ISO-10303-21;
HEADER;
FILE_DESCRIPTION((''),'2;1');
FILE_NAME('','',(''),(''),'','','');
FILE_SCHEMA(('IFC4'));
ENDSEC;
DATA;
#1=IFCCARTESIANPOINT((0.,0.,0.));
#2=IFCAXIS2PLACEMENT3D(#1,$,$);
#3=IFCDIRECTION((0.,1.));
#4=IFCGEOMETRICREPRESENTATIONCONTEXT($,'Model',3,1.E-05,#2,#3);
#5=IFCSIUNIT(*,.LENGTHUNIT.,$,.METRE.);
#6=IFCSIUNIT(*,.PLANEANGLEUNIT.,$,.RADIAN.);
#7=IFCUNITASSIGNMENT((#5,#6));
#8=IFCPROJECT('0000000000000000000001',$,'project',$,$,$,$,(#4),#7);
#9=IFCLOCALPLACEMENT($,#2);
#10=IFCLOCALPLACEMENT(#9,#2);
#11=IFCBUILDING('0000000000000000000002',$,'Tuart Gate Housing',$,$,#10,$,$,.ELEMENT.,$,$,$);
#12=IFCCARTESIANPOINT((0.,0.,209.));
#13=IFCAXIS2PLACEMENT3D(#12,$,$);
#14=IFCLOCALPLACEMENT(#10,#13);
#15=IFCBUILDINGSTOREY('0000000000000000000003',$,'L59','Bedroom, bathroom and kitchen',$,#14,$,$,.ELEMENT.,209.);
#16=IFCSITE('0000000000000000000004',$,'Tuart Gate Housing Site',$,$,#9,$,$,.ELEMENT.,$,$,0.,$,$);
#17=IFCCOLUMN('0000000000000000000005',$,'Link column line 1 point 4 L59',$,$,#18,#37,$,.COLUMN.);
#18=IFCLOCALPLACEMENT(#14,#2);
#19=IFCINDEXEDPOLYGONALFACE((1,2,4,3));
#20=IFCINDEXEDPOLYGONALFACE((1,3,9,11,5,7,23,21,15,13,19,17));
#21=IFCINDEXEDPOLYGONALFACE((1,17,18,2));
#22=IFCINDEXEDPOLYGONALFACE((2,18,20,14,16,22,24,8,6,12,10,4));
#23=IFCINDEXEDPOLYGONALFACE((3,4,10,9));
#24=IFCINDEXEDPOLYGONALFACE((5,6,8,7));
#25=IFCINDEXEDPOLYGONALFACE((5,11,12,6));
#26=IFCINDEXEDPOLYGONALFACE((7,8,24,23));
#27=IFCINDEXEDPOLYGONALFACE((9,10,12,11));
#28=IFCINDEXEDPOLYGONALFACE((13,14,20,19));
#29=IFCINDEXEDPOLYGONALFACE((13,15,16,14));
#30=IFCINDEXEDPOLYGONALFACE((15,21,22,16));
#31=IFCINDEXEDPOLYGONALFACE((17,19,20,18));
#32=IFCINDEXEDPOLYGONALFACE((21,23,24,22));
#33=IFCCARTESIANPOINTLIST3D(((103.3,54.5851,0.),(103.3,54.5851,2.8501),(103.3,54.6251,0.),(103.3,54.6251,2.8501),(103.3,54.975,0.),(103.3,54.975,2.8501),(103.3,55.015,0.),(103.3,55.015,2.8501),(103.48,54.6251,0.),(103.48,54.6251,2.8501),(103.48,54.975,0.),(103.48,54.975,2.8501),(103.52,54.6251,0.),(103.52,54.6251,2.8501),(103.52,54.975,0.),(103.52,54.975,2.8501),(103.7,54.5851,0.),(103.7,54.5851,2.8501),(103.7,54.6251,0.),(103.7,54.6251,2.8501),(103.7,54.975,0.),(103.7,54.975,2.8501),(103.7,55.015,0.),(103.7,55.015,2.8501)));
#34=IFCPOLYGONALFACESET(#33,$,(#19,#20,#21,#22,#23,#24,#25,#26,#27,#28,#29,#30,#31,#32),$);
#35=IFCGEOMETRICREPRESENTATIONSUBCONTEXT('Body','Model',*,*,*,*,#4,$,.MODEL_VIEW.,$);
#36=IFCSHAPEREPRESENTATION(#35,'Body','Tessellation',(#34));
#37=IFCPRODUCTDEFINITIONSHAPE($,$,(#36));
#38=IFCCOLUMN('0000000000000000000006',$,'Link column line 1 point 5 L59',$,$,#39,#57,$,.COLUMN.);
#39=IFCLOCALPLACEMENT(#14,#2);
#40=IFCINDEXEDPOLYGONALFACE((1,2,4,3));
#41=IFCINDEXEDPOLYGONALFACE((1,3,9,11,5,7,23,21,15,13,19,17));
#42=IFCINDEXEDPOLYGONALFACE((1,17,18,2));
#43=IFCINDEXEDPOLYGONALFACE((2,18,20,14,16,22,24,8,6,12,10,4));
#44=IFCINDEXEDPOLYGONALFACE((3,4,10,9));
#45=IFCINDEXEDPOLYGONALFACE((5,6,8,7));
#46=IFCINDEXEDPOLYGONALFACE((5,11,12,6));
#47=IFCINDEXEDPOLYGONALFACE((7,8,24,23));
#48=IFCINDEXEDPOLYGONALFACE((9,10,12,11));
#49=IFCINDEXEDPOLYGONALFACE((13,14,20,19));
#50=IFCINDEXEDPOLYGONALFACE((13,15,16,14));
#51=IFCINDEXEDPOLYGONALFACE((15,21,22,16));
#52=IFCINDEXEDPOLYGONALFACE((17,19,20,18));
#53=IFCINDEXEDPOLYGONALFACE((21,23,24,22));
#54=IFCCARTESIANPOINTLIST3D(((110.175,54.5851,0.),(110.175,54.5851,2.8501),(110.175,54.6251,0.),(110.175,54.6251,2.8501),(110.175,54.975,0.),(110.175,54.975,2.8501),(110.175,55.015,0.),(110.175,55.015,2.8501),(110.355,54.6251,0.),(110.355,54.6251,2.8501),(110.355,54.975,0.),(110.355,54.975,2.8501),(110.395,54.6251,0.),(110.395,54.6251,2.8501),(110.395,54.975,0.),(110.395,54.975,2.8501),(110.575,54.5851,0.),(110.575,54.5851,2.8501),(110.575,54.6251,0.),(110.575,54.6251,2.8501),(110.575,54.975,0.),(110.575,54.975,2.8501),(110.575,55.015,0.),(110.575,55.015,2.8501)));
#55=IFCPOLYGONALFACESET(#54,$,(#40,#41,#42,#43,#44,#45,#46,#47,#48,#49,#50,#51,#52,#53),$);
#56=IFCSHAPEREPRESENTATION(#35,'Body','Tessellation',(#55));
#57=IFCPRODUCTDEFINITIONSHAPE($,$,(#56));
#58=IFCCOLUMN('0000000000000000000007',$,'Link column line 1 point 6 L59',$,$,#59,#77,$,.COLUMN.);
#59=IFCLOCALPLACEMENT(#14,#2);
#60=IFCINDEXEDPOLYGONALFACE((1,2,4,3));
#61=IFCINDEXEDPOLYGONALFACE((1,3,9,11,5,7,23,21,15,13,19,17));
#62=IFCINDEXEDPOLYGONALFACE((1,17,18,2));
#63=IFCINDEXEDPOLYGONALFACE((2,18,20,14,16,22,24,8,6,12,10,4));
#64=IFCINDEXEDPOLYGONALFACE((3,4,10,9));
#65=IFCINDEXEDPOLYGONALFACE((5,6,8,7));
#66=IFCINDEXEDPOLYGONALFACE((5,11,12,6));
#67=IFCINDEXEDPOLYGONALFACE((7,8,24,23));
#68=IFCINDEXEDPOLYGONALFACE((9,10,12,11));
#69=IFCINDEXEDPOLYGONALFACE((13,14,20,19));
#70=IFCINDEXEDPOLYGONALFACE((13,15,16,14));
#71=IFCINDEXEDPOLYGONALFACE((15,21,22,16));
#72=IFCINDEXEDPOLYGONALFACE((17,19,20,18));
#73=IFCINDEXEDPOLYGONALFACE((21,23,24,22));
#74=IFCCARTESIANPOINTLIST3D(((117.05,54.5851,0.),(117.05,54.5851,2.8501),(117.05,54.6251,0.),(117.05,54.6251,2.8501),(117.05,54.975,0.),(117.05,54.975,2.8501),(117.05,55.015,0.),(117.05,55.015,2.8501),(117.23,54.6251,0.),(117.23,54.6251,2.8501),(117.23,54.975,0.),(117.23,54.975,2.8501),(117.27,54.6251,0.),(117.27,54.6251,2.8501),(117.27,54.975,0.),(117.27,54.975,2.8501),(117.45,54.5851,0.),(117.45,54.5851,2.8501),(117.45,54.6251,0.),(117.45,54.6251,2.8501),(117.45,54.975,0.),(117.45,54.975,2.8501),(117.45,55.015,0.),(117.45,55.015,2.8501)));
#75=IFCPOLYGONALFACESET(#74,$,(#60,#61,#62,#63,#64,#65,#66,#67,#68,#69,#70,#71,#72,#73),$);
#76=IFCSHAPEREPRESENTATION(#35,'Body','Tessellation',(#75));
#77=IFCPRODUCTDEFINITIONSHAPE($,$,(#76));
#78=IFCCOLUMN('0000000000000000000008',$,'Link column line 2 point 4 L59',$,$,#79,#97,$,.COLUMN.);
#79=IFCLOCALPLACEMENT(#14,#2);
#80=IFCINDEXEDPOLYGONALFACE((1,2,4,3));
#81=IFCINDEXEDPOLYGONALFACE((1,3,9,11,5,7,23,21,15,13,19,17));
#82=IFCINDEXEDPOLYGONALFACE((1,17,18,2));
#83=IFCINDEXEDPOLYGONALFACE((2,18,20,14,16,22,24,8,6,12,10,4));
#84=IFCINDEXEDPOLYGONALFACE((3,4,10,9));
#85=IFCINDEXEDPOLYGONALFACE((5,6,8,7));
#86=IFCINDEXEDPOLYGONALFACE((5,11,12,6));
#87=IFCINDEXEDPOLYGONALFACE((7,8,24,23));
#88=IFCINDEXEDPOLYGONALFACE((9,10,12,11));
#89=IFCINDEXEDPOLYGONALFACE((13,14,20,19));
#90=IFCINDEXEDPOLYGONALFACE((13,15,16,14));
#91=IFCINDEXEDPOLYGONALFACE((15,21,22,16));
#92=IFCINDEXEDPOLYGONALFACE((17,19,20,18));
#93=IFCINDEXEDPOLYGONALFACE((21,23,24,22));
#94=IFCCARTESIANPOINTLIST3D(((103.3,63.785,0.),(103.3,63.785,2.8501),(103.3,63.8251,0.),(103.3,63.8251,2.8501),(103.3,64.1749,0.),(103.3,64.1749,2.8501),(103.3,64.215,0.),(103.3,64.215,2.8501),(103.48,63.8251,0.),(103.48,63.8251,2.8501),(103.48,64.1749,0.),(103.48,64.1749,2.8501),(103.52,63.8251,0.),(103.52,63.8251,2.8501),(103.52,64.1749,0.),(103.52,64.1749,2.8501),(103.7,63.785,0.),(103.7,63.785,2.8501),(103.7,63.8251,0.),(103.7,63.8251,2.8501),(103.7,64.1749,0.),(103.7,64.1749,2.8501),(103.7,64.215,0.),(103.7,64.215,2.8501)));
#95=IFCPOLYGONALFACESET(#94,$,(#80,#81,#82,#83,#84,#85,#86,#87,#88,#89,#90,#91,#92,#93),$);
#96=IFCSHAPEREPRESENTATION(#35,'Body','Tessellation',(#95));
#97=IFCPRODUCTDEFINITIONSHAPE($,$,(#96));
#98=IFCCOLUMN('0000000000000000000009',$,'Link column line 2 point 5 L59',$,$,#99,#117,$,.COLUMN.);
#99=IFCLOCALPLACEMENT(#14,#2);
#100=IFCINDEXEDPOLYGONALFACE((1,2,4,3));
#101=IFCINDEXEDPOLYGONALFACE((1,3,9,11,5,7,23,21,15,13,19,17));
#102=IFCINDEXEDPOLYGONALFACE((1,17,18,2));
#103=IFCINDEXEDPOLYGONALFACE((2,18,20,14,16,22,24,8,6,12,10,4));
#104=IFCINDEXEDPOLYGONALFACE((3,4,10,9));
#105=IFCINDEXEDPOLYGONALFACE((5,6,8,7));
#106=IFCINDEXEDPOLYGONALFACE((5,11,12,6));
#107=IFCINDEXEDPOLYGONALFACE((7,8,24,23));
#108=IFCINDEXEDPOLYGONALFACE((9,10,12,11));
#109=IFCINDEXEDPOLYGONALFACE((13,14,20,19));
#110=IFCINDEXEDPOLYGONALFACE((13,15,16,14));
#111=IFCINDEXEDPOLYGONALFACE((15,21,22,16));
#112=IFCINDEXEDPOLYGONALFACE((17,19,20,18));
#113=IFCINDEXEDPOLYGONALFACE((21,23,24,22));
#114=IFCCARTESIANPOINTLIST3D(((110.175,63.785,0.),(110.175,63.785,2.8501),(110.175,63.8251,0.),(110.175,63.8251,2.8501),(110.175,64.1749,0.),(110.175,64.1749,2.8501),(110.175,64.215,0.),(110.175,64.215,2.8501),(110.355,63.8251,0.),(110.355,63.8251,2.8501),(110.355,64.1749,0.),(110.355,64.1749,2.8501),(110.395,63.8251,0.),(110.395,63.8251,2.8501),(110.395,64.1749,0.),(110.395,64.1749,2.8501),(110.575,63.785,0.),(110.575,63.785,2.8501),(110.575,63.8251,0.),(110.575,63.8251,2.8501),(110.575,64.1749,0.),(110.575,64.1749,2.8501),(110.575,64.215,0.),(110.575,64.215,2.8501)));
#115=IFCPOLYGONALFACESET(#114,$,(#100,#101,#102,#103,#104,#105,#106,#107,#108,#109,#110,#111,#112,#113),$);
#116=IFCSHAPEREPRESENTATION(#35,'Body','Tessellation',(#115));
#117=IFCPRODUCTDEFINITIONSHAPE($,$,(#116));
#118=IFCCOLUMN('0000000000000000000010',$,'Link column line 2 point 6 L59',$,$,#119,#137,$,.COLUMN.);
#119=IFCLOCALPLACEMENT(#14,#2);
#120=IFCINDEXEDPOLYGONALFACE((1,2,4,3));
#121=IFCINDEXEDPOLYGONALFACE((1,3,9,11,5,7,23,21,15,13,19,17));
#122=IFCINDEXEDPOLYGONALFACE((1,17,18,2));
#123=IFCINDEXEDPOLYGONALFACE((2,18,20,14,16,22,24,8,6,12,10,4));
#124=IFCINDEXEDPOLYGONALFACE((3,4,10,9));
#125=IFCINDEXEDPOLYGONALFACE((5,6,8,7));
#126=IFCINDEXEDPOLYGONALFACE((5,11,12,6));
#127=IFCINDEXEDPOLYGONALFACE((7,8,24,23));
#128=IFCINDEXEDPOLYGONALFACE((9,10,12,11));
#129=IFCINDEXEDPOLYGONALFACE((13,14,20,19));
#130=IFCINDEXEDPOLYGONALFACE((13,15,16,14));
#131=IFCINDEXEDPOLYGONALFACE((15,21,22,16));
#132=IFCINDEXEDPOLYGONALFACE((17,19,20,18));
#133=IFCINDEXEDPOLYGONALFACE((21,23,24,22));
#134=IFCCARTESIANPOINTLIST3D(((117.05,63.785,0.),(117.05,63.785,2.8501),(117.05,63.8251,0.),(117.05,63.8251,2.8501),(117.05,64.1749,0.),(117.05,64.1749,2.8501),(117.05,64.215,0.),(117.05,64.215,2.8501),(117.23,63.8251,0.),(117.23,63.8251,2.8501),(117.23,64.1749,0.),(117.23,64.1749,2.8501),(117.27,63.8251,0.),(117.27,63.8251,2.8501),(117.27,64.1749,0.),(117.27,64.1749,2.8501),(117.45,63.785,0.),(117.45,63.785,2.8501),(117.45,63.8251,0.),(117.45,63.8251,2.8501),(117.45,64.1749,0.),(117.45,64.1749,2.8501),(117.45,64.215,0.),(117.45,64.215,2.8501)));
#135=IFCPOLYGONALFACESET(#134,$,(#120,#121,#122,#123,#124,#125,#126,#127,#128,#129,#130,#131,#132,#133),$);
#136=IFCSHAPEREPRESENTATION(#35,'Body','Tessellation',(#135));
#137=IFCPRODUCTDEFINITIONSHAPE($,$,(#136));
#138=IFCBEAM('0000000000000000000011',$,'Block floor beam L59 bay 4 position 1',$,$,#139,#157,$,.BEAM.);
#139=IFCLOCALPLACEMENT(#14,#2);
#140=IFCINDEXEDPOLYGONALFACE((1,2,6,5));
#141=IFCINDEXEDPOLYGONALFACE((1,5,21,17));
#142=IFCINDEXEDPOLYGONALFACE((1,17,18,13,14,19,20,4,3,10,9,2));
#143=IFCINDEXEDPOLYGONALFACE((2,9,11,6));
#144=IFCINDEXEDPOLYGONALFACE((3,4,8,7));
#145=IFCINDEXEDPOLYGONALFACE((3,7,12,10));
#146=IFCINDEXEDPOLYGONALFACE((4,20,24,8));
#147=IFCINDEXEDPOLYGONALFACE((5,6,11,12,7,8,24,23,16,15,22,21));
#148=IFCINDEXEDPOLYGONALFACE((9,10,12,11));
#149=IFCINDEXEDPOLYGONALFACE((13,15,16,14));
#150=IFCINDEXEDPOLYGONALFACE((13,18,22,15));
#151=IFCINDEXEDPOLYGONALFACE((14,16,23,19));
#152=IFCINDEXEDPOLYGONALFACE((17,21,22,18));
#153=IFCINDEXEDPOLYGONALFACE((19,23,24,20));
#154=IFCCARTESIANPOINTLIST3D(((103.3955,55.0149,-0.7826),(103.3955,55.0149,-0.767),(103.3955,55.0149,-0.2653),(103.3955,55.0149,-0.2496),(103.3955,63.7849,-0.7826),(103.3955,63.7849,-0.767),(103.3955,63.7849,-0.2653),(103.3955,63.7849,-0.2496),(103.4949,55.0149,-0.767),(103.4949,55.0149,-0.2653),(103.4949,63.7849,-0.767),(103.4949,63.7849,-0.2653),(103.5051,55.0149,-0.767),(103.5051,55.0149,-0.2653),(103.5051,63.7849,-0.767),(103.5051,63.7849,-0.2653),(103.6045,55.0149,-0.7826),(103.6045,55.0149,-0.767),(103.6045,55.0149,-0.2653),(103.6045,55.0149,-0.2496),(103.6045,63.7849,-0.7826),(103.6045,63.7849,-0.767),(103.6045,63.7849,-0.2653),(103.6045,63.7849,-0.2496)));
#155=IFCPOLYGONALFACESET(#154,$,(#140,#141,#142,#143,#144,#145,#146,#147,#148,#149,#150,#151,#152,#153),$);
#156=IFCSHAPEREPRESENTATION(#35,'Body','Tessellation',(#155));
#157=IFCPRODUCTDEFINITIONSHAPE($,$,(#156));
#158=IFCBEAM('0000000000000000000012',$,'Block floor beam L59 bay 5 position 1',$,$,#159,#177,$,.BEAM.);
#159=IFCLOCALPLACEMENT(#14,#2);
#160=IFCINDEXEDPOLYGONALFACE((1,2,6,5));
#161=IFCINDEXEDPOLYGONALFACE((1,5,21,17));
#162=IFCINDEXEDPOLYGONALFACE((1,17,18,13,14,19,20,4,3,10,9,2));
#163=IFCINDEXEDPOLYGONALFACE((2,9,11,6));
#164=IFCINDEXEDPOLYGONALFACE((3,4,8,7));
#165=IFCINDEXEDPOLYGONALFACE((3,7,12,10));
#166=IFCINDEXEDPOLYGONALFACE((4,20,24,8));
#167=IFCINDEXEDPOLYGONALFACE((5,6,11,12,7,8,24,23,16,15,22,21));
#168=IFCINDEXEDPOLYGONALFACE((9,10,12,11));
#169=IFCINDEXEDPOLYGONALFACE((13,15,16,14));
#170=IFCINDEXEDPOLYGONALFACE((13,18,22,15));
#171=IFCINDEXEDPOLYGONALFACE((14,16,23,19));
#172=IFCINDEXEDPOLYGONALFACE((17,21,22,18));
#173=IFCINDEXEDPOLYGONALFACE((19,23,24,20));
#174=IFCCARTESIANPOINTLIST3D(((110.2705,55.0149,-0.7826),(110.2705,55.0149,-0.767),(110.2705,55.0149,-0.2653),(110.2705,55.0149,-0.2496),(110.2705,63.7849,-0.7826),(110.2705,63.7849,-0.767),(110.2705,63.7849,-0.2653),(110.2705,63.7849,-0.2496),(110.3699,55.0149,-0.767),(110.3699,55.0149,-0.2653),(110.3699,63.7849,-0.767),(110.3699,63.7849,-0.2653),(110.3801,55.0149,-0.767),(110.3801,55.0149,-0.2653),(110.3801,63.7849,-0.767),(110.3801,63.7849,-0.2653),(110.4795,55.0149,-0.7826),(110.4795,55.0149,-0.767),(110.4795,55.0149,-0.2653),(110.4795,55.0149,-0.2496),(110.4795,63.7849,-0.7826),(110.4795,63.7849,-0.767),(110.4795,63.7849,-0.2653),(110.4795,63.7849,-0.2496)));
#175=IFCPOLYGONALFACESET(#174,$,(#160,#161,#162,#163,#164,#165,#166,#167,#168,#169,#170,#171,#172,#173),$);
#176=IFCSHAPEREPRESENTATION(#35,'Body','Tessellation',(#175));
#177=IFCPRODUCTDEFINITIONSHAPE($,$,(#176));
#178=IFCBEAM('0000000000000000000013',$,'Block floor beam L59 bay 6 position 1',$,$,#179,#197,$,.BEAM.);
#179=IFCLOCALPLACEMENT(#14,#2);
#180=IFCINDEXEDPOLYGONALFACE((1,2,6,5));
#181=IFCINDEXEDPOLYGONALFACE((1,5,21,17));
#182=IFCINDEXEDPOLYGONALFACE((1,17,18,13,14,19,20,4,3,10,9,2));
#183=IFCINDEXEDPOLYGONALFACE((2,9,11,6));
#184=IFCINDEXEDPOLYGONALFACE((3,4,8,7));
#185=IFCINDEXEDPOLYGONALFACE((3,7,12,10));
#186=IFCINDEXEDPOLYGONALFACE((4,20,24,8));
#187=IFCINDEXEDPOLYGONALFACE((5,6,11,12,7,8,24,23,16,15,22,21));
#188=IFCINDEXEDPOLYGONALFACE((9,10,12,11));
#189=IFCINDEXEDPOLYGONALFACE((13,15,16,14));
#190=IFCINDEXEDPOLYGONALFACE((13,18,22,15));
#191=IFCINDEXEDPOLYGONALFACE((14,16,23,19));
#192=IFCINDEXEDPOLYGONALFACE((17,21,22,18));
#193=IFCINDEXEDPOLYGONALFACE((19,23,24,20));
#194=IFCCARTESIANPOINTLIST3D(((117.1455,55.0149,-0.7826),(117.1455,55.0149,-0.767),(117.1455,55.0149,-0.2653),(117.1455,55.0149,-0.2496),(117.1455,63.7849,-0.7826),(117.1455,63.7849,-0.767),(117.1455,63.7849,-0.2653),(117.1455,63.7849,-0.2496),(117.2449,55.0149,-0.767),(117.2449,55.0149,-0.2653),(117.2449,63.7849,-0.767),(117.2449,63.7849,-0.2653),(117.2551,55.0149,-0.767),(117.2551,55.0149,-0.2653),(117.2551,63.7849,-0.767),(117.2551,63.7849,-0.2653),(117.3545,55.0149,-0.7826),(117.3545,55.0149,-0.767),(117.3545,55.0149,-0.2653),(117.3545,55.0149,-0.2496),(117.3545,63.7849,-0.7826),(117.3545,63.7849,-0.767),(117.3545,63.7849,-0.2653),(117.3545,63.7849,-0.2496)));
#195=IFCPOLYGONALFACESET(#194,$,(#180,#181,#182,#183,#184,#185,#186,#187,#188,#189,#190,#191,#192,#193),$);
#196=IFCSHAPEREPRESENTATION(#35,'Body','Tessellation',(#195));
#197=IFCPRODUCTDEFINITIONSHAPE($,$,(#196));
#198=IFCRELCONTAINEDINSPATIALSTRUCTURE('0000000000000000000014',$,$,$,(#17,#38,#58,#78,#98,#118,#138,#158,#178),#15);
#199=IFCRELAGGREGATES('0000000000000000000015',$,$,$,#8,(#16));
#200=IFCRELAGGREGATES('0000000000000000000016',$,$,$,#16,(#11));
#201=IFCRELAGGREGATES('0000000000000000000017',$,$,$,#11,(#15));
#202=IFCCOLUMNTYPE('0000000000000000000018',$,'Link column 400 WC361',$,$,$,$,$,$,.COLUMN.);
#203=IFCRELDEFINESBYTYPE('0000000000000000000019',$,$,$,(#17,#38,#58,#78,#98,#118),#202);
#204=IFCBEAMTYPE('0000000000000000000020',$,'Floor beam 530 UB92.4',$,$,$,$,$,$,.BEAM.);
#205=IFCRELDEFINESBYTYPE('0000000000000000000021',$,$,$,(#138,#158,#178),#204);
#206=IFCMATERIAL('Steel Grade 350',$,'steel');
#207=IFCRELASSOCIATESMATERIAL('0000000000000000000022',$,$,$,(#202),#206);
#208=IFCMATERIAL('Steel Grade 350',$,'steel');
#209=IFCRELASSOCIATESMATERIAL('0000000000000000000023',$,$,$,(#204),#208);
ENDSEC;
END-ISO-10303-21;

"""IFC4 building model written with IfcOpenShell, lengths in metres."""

from ifc_helpers import new_model, si_unit, direction, frame, origin, origin_2d, place, context, subcontext, project, spatial, i_section, extrude, material, material_profile, profile_set, type_object, element, save


model = new_model("IFC4")

# Units and contexts
model_context = context("Model", 3, precision=1e-05, world=origin(), true_north=direction((0.0, 1.0)))
body_context = subcontext(model_context, "Body", "Model", "MODEL_VIEW")
ifc_project = project(units=[si_unit("LENGTHUNIT", "METRE"), si_unit("PLANEANGLEUNIT", "RADIAN")], contexts=[model_context])

# Site, building, storey
site_placement = place(None, origin())
site = spatial("IfcSite", under=ifc_project, at=site_placement, Name="Tuart Gate Housing Site", CompositionType="ELEMENT", RefElevation=0.0)
building_placement = place(site_placement, origin())
building = spatial("IfcBuilding", under=site, at=building_placement, Name="Tuart Gate Housing", CompositionType="ELEMENT")
storey_placement = place(building_placement, frame((0.0, 0.0, 209.0)))
storey = spatial("IfcBuildingStorey", under=building, at=storey_placement, Name="L59", Description="Bedroom, bathroom and kitchen", CompositionType="ELEMENT", Elevation=209.0)

# Columns
ifc_material_1 = material(Name="Steel Grade 350", Category="steel")
ifc_material_profile_1 = material_profile(ifc_material_1, i_section(OverallWidth=0.3999, OverallDepth=0.4299, WebThickness=0.04, FlangeThickness=0.04, at=origin_2d()), Name="400WC361")
ifc_profile_set_1 = profile_set([ifc_material_profile_1], Name="Steel Grade 350")
column_type = type_object("IfcColumnType", Name="Link column 400 WC361", PredefinedType="COLUMN", material=ifc_profile_set_1)
for number, where, z_axis, x_axis, name in (
    (1, (103.5, 54.8, 0.0), (0.0, 0.0, 1.0), (1.0, 0.0, 0.0), "Link column line 1 point 4 L59"),
    (2, (110.375, 54.8, 0.0), (0.0, 0.0, 1.0), (1.0, 0.0, 0.0), "Link column line 1 point 5 L59"),
    (3, (117.25, 54.8, 0.0), (0.0, 0.0, 1.0), (1.0, 0.0, 0.0), "Link column line 1 point 6 L59"),
    (4, (103.5, 64.0, 0.0), (0.0, 0.0, 1.0), (1.0, 0.0, 0.0), "Link column line 2 point 4 L59"),
    (5, (110.375, 64.0, 0.0), (0.0, 0.0, 1.0), (1.0, 0.0, 0.0), "Link column line 2 point 5 L59"),
    (6, (117.25, 64.0, 0.0), (0.0, 0.0, 1.0), (1.0, 0.0, 0.0), "Link column line 2 point 6 L59"),
):
    element("IfcColumn", number, at=place(storey_placement, frame(where, z_axis=z_axis, x_axis=x_axis)), inside=storey, type_object=column_type, Name=name, PredefinedType="COLUMN", context=body_context, shape_type="SweptSolid", body=[
        extrude(i_section(OverallWidth=0.3999, OverallDepth=0.4299, WebThickness=0.04, FlangeThickness=0.04, at=origin_2d()), origin(), (0.0, 0.0, 1.0), 2.8501),
    ])

# Beams
ifc_material_2 = material(Name="Steel Grade 350", Category="steel")
ifc_material_profile_2 = material_profile(ifc_material_2, i_section(OverallWidth=0.209, OverallDepth=0.533, WebThickness=0.0103, FlangeThickness=0.0156, at=origin_2d()), Name="530UB92.4")
ifc_profile_set_2 = profile_set([ifc_material_profile_2], Name="Steel Grade 350")
beam_type_1 = type_object("IfcBeamType", Name="Floor beam 530 UB92.4", PredefinedType="BEAM", material=ifc_profile_set_2)
for number, where, z_axis, x_axis, name in (
    (7, (103.5, 55.0149, -0.5161), (0.0, 1.0, 0.0), (-1.0, 0.0, 0.0), "Block floor beam L59 bay 4 position 1"),
    (8, (110.375, 55.0149, -0.5161), (0.0, 1.0, 0.0), (-1.0, 0.0, 0.0), "Block floor beam L59 bay 5 position 1"),
    (9, (117.25, 55.0149, -0.5161), (0.0, 1.0, 0.0), (-1.0, 0.0, 0.0), "Block floor beam L59 bay 6 position 1"),
):
    element("IfcBeam", number, at=place(storey_placement, frame(where, z_axis=z_axis, x_axis=x_axis)), inside=storey, type_object=beam_type_1, Name=name, PredefinedType="BEAM", context=body_context, shape_type="SweptSolid", body=[
        extrude(i_section(OverallWidth=0.209, OverallDepth=0.533, WebThickness=0.0103, FlangeThickness=0.0156, at=origin_2d()), origin(), (0.0, 0.0, 1.0), 8.77),
    ])

save(model, "model.ifc")
